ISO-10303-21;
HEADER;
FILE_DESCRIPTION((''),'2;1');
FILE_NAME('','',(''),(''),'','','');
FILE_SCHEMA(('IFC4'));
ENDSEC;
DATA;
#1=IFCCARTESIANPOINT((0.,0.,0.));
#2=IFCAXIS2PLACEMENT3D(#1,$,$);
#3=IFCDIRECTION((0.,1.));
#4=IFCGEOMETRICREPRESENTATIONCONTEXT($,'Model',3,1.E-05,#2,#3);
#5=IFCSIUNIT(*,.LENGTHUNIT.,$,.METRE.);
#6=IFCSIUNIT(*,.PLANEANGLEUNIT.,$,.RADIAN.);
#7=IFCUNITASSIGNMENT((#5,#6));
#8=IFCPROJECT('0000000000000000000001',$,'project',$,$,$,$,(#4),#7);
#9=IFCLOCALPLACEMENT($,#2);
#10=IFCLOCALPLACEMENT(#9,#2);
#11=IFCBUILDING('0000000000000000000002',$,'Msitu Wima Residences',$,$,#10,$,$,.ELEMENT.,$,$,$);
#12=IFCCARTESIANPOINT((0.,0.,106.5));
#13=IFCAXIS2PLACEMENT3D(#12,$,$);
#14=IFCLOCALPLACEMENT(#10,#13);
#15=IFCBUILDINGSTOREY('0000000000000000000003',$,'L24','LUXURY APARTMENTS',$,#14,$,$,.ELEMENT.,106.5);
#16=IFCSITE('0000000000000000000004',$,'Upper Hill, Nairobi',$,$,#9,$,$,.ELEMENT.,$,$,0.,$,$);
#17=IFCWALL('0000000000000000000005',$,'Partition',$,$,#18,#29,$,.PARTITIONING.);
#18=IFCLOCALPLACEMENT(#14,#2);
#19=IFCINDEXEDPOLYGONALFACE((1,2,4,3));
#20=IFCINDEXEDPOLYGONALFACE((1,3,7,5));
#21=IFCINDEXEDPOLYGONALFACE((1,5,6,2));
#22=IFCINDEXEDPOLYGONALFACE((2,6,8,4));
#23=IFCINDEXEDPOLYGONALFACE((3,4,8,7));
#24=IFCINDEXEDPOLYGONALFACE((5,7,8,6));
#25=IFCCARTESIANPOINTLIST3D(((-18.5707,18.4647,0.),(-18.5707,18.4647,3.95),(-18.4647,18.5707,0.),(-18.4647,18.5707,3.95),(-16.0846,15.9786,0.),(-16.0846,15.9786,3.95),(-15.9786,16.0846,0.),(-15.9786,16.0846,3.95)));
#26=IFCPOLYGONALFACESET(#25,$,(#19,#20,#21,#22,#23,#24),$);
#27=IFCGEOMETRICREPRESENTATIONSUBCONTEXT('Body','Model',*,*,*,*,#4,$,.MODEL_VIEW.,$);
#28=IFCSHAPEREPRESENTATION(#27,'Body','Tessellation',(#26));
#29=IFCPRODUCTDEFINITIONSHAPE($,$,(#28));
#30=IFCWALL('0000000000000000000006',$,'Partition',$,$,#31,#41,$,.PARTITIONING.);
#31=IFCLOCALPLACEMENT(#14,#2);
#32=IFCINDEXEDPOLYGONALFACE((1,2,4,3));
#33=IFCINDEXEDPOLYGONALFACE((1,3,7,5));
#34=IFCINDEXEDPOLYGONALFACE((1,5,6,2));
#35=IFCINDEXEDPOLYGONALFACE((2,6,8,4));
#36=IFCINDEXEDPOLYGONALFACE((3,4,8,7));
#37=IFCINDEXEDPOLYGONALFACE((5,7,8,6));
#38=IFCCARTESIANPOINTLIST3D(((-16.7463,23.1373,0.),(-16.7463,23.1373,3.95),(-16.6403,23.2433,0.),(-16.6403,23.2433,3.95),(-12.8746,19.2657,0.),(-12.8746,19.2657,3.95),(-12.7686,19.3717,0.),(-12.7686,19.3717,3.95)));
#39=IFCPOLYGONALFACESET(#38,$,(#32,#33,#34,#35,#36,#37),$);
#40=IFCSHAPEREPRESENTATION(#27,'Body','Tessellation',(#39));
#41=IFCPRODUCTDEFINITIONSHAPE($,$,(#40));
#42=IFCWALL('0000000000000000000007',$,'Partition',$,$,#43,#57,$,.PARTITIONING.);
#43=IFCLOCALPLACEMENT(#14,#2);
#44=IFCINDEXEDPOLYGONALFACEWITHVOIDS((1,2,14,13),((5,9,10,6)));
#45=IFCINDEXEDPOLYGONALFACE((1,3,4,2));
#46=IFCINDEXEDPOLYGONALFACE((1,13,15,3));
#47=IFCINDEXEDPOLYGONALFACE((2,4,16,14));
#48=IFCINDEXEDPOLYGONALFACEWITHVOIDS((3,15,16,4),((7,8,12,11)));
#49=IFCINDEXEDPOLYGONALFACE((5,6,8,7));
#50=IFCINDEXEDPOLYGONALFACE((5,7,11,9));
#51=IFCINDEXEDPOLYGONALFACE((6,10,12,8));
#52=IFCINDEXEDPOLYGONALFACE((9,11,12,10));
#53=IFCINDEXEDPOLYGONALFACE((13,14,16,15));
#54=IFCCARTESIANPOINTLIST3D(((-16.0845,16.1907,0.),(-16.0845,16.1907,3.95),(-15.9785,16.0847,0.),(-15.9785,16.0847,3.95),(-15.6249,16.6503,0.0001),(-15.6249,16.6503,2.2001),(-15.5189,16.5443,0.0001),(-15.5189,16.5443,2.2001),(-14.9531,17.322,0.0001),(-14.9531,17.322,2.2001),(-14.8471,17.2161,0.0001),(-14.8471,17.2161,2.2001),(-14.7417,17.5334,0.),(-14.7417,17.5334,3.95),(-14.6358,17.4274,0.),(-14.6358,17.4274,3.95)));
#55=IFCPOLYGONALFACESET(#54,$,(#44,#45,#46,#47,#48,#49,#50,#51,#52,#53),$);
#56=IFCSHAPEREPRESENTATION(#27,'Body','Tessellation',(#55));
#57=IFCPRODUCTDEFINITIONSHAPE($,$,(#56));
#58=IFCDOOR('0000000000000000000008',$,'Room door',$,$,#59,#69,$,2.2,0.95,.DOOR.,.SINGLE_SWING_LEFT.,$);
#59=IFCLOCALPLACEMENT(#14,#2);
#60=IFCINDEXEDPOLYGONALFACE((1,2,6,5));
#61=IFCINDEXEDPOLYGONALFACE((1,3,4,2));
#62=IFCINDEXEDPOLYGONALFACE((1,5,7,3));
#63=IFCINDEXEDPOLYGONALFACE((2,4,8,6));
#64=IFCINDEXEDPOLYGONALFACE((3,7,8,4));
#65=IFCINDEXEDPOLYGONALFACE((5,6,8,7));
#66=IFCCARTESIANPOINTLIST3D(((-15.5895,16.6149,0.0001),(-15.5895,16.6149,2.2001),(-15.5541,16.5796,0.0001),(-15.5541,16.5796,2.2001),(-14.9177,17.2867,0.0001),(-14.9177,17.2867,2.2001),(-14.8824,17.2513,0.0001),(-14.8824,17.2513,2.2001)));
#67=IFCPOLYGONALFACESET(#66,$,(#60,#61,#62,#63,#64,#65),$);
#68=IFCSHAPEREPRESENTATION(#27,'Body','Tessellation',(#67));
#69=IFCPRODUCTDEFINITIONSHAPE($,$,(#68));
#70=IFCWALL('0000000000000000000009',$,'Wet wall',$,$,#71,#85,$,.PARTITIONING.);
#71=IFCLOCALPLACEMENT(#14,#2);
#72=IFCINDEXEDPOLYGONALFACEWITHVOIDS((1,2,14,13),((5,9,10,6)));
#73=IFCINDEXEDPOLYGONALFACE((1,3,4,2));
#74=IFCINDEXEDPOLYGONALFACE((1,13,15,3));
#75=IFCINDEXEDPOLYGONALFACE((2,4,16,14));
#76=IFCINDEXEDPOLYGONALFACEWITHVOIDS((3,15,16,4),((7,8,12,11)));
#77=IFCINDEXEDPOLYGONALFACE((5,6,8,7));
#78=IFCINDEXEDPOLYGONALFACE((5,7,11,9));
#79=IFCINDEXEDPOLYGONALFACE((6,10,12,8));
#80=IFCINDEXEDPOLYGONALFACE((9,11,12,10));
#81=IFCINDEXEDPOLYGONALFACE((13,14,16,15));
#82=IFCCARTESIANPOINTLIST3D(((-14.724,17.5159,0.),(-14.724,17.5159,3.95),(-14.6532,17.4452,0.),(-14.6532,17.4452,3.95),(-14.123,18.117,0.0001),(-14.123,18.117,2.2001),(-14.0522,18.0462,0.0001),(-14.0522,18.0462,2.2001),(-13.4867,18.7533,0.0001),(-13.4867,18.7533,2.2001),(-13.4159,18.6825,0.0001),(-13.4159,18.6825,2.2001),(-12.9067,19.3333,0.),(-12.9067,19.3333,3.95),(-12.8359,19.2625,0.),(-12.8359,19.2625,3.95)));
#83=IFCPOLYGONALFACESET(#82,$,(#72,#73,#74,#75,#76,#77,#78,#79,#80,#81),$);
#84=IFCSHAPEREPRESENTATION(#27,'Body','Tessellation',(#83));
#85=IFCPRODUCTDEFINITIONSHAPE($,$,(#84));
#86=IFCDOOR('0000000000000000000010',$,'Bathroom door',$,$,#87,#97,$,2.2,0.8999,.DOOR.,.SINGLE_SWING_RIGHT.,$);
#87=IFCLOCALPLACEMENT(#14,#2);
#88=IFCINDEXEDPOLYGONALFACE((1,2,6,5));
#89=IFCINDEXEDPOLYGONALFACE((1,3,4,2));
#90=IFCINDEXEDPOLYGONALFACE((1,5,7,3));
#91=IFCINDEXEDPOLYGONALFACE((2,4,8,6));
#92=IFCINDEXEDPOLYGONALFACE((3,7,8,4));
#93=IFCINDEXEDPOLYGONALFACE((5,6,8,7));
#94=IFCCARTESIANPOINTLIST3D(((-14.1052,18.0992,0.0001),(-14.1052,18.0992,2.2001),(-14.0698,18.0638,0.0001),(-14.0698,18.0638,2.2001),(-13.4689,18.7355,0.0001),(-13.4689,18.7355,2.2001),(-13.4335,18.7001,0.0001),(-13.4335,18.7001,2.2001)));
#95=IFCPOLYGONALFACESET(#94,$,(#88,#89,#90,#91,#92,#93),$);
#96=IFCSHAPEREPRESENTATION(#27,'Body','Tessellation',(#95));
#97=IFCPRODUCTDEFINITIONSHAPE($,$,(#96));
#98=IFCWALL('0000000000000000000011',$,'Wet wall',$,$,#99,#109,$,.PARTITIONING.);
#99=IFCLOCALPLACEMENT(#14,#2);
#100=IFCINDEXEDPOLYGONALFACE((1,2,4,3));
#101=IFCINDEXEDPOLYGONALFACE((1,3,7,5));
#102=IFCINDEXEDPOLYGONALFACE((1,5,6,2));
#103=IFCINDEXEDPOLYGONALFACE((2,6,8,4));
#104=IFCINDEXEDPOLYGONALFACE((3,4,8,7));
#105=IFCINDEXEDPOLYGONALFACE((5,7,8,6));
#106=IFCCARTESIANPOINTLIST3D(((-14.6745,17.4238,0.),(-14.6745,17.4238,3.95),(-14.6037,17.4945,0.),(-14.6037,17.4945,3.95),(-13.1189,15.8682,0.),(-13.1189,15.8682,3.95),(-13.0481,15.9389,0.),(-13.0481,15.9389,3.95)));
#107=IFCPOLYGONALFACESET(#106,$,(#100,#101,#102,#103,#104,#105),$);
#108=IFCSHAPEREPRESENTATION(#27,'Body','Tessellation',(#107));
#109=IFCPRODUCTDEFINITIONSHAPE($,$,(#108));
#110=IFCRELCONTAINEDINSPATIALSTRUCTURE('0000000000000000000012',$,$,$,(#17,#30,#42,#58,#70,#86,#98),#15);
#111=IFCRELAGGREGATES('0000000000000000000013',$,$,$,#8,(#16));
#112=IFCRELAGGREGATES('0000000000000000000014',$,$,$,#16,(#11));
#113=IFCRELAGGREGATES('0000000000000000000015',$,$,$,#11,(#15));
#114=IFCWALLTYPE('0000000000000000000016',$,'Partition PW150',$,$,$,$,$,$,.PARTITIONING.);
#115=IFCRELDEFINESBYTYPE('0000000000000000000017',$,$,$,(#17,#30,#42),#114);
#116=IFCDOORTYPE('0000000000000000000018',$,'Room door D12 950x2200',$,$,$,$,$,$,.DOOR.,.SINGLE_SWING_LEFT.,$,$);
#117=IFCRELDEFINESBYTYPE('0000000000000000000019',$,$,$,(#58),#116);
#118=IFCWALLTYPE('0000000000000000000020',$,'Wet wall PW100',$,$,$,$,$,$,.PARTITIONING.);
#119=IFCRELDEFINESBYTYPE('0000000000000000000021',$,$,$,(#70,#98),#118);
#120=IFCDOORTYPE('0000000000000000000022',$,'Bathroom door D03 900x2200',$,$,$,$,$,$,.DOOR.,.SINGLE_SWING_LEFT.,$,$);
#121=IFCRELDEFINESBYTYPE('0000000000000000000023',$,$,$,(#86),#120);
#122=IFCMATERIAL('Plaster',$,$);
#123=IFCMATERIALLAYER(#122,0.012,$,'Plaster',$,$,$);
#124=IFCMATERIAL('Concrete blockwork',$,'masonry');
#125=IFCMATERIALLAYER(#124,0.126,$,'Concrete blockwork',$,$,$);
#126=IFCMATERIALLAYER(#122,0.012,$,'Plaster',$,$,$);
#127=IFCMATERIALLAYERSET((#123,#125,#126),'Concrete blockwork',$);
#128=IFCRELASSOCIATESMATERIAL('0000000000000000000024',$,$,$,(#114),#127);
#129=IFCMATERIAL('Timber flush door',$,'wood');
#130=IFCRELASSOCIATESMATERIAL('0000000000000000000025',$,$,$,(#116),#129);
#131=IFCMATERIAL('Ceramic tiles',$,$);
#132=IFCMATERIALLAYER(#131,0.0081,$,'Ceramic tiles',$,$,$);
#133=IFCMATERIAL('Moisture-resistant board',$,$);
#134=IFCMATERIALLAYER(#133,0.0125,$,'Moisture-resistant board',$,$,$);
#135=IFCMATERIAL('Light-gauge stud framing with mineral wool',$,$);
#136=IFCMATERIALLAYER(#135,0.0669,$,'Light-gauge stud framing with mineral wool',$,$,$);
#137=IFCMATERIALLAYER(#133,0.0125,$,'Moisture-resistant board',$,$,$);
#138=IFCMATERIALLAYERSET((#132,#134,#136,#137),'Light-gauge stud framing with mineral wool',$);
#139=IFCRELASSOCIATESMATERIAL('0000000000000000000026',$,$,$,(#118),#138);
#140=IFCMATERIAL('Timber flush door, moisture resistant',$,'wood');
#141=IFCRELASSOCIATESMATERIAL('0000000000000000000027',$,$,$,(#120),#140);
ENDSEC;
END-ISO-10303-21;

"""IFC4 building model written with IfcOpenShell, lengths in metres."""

from ifc_helpers import new_model, si_unit, direction, frame, frame_2d, origin, place, context, subcontext, project, spatial, rectangle, extrude, material, layer, layer_set, type_object, element, fill, save


model = new_model("IFC4")

# Units and contexts
model_context = context("Model", 3, precision=1e-05, world=origin(), true_north=direction((0.0, 1.0)))
body_context = subcontext(model_context, "Body", "Model", "MODEL_VIEW")
ifc_project = project(units=[si_unit("LENGTHUNIT", "METRE"), si_unit("PLANEANGLEUNIT", "RADIAN")], contexts=[model_context])

# Site, building, storey
site_placement = place(None, origin())
site = spatial("IfcSite", under=ifc_project, at=site_placement, Name="Upper Hill, Nairobi", CompositionType="ELEMENT", RefElevation=0.0)
building_placement = place(site_placement, origin())
building = spatial("IfcBuilding", under=site, at=building_placement, Name="Msitu Wima Residences", CompositionType="ELEMENT")
storey_placement = place(building_placement, frame((0.0, 0.0, 106.5)))
storey = spatial("IfcBuildingStorey", under=building, at=storey_placement, Name="L24", Description="LUXURY APARTMENTS", CompositionType="ELEMENT", Elevation=106.5)

# Shared definitions
ifc_material_1 = material(Name="Plaster")
ifc_material_2 = material(Name="Concrete blockwork", Category="masonry")

# Walls
ifc_layer_1 = layer(ifc_material_1, 0.012, Name="Plaster")
ifc_layer_2 = layer(ifc_material_2, 0.126, Name="Concrete blockwork")
ifc_layer_3 = layer(ifc_material_1, 0.012, Name="Plaster")
ifc_layer_set_1 = layer_set([ifc_layer_1, ifc_layer_2, ifc_layer_3], Name="Concrete blockwork")
wall_type_1 = type_object("IfcWallType", Name="Partition PW150", PredefinedType="PARTITIONING", material=ifc_layer_set_1)
wall_1_placement = place(storey_placement, frame((-18.5176, 18.5176, 0.0), z_axis=(0.0, 0.0, 1.0), x_axis=(0.707107, -0.707107, 0.0)))
element("IfcWall", 1, at=wall_1_placement, inside=storey, type_object=wall_type_1, Name="Partition", PredefinedType="PARTITIONING", context=body_context, shape_type="SweptSolid", body=[
    extrude(rectangle(XDim=3.5159, YDim=0.1499, at=frame_2d((1.7578, 0.0))), origin(), (0.0, 0.0, 1.0), 3.95),
])
wall_2_placement = place(storey_placement, frame((-16.6934, 23.1904, 0.0), z_axis=(0.0, 0.0, 1.0), x_axis=(0.707107, -0.707107, 0.0)))
element("IfcWall", 2, at=wall_2_placement, inside=storey, type_object=wall_type_1, Name="Partition", PredefinedType="PARTITIONING", context=body_context, shape_type="SweptSolid", body=[
    extrude(rectangle(XDim=5.4753, YDim=0.1499, at=frame_2d((2.7378, 0.0))), origin(), (0.0, 0.0, 1.0), 3.95),
])

# Walls, openings, doors
wall_3_placement = place(storey_placement, frame((-16.0315, 16.1377, 0.0), z_axis=(0.0, 0.0, 1.0), x_axis=(0.707107, 0.707107, 0.0)))
wall_3 = element("IfcWall", 3, at=wall_3_placement, inside=storey, type_object=wall_type_1, Name="Partition", PredefinedType="PARTITIONING", context=body_context, shape_type="SweptSolid", body=[
    extrude(rectangle(XDim=1.8989, YDim=0.1499, at=frame_2d((0.9495, 0.0))), origin(), (0.0, 0.0, 1.0), 3.95),
])
opening_1_placement = place(wall_3_placement, frame((0.6499, 0.0, 0.0)))
opening_1 = element("IfcOpeningElement", 4, at=opening_1_placement, cuts=wall_3, PredefinedType="OPENING", context=body_context, shape_type="SweptSolid", body=[
    extrude(rectangle(XDim=0.95, YDim=2.2, at=frame_2d((0.4751, 1.1001))), frame((0.0, 0.085, 0.0), z_axis=(0.0, -1.0, 0.0), x_axis=(1.0, 0.0, 0.0)), (0.0, 0.0, 1.0), 0.1699),
])
ifc_material_3 = material(Name="Timber flush door", Category="wood")
door_type_1 = type_object("IfcDoorType", Name="Room door D12 950x2200", OperationType="SINGLE_SWING_LEFT", PredefinedType="DOOR", material=ifc_material_3)
door_1_placement = place(opening_1_placement, origin())
door_1 = element("IfcDoor", 5, at=door_1_placement, inside=storey, type_object=door_type_1, Name="Room door", OperationType="SINGLE_SWING_LEFT", OverallHeight=2.2, OverallWidth=0.95, PredefinedType="DOOR", context=body_context, shape_type="SweptSolid", body=[
    extrude(rectangle(XDim=0.95, YDim=2.2, at=frame_2d((0.4751, 1.1001))), frame((0.0, 0.0249, 0.0), z_axis=(0.0, -1.0, 0.0), x_axis=(1.0, 0.0, 0.0)), (0.0, 0.0, 1.0), 0.05),
])
fill(opening_1, door_1)
ifc_material_4 = material(Name="Ceramic tiles")
ifc_layer_4 = layer(ifc_material_4, 0.0081, Name="Ceramic tiles")
ifc_material_5 = material(Name="Moisture-resistant board")
ifc_layer_5 = layer(ifc_material_5, 0.0125, Name="Moisture-resistant board")
ifc_material_6 = material(Name="Light-gauge stud framing with mineral wool")
ifc_layer_6 = layer(ifc_material_6, 0.0669, Name="Light-gauge stud framing with mineral wool")
ifc_layer_7 = layer(ifc_material_5, 0.0125, Name="Moisture-resistant board")
ifc_layer_set_2 = layer_set([ifc_layer_4, ifc_layer_5, ifc_layer_6, ifc_layer_7], Name="Light-gauge stud framing with mineral wool")
wall_type_2 = type_object("IfcWallType", Name="Wet wall PW100", PredefinedType="PARTITIONING", material=ifc_layer_set_2)
wall_4_placement = place(storey_placement, frame((-14.6887, 17.4805, 0.0), z_axis=(0.0, 0.0, 1.0), x_axis=(0.707107, 0.707107, 0.0)))
wall_4 = element("IfcWall", 6, at=wall_4_placement, inside=storey, type_object=wall_type_2, Name="Wet wall", PredefinedType="PARTITIONING", context=body_context, shape_type="SweptSolid", body=[
    extrude(rectangle(XDim=2.5701, YDim=0.1001, at=frame_2d((1.2852, 0.0))), origin(), (0.0, 0.0, 1.0), 3.95),
])
opening_2_placement = place(wall_4_placement, frame((0.8501, 0.0, 0.0)))
opening_2 = element("IfcOpeningElement", 7, at=opening_2_placement, cuts=wall_4, PredefinedType="OPENING", context=body_context, shape_type="SweptSolid", body=[
    extrude(rectangle(XDim=0.8999, YDim=2.2, at=frame_2d((0.45, 1.1001))), frame((0.0, 0.0601, 0.0), z_axis=(0.0, -1.0, 0.0), x_axis=(1.0, 0.0, 0.0)), (0.0, 0.0, 1.0), 0.1201),
])
ifc_material_7 = material(Name="Timber flush door, moisture resistant", Category="wood")
door_type_2 = type_object("IfcDoorType", Name="Bathroom door D03 900x2200", OperationType="SINGLE_SWING_LEFT", PredefinedType="DOOR", material=ifc_material_7)
door_2_placement = place(opening_2_placement, origin())
door_2 = element("IfcDoor", 8, at=door_2_placement, inside=storey, type_object=door_type_2, Name="Bathroom door", OperationType="SINGLE_SWING_RIGHT", OverallHeight=2.2, OverallWidth=0.8999, PredefinedType="DOOR", context=body_context, shape_type="SweptSolid", body=[
    extrude(rectangle(XDim=0.8999, YDim=2.2, at=frame_2d((0.45, 1.1001))), frame((0.0, 0.0249, 0.0), z_axis=(0.0, -1.0, 0.0), x_axis=(1.0, 0.0, 0.0)), (0.0, 0.0, 1.0), 0.05),
])
fill(opening_2, door_2)

# Wall
wall_5_placement = place(storey_placement, frame((-14.6392, 17.4592, 0.0), z_axis=(0.0, 0.0, 1.0), x_axis=(0.707107, -0.707107, 0.0)))
element("IfcWall", 9, at=wall_5_placement, inside=storey, type_object=wall_type_2, Name="Wet wall", PredefinedType="PARTITIONING", context=body_context, shape_type="SweptSolid", body=[
    extrude(rectangle(XDim=2.2, YDim=0.1001, at=frame_2d((1.1001, 0.0))), origin(), (0.0, 0.0, 1.0), 3.95),
])

save(model, "model.ifc")
